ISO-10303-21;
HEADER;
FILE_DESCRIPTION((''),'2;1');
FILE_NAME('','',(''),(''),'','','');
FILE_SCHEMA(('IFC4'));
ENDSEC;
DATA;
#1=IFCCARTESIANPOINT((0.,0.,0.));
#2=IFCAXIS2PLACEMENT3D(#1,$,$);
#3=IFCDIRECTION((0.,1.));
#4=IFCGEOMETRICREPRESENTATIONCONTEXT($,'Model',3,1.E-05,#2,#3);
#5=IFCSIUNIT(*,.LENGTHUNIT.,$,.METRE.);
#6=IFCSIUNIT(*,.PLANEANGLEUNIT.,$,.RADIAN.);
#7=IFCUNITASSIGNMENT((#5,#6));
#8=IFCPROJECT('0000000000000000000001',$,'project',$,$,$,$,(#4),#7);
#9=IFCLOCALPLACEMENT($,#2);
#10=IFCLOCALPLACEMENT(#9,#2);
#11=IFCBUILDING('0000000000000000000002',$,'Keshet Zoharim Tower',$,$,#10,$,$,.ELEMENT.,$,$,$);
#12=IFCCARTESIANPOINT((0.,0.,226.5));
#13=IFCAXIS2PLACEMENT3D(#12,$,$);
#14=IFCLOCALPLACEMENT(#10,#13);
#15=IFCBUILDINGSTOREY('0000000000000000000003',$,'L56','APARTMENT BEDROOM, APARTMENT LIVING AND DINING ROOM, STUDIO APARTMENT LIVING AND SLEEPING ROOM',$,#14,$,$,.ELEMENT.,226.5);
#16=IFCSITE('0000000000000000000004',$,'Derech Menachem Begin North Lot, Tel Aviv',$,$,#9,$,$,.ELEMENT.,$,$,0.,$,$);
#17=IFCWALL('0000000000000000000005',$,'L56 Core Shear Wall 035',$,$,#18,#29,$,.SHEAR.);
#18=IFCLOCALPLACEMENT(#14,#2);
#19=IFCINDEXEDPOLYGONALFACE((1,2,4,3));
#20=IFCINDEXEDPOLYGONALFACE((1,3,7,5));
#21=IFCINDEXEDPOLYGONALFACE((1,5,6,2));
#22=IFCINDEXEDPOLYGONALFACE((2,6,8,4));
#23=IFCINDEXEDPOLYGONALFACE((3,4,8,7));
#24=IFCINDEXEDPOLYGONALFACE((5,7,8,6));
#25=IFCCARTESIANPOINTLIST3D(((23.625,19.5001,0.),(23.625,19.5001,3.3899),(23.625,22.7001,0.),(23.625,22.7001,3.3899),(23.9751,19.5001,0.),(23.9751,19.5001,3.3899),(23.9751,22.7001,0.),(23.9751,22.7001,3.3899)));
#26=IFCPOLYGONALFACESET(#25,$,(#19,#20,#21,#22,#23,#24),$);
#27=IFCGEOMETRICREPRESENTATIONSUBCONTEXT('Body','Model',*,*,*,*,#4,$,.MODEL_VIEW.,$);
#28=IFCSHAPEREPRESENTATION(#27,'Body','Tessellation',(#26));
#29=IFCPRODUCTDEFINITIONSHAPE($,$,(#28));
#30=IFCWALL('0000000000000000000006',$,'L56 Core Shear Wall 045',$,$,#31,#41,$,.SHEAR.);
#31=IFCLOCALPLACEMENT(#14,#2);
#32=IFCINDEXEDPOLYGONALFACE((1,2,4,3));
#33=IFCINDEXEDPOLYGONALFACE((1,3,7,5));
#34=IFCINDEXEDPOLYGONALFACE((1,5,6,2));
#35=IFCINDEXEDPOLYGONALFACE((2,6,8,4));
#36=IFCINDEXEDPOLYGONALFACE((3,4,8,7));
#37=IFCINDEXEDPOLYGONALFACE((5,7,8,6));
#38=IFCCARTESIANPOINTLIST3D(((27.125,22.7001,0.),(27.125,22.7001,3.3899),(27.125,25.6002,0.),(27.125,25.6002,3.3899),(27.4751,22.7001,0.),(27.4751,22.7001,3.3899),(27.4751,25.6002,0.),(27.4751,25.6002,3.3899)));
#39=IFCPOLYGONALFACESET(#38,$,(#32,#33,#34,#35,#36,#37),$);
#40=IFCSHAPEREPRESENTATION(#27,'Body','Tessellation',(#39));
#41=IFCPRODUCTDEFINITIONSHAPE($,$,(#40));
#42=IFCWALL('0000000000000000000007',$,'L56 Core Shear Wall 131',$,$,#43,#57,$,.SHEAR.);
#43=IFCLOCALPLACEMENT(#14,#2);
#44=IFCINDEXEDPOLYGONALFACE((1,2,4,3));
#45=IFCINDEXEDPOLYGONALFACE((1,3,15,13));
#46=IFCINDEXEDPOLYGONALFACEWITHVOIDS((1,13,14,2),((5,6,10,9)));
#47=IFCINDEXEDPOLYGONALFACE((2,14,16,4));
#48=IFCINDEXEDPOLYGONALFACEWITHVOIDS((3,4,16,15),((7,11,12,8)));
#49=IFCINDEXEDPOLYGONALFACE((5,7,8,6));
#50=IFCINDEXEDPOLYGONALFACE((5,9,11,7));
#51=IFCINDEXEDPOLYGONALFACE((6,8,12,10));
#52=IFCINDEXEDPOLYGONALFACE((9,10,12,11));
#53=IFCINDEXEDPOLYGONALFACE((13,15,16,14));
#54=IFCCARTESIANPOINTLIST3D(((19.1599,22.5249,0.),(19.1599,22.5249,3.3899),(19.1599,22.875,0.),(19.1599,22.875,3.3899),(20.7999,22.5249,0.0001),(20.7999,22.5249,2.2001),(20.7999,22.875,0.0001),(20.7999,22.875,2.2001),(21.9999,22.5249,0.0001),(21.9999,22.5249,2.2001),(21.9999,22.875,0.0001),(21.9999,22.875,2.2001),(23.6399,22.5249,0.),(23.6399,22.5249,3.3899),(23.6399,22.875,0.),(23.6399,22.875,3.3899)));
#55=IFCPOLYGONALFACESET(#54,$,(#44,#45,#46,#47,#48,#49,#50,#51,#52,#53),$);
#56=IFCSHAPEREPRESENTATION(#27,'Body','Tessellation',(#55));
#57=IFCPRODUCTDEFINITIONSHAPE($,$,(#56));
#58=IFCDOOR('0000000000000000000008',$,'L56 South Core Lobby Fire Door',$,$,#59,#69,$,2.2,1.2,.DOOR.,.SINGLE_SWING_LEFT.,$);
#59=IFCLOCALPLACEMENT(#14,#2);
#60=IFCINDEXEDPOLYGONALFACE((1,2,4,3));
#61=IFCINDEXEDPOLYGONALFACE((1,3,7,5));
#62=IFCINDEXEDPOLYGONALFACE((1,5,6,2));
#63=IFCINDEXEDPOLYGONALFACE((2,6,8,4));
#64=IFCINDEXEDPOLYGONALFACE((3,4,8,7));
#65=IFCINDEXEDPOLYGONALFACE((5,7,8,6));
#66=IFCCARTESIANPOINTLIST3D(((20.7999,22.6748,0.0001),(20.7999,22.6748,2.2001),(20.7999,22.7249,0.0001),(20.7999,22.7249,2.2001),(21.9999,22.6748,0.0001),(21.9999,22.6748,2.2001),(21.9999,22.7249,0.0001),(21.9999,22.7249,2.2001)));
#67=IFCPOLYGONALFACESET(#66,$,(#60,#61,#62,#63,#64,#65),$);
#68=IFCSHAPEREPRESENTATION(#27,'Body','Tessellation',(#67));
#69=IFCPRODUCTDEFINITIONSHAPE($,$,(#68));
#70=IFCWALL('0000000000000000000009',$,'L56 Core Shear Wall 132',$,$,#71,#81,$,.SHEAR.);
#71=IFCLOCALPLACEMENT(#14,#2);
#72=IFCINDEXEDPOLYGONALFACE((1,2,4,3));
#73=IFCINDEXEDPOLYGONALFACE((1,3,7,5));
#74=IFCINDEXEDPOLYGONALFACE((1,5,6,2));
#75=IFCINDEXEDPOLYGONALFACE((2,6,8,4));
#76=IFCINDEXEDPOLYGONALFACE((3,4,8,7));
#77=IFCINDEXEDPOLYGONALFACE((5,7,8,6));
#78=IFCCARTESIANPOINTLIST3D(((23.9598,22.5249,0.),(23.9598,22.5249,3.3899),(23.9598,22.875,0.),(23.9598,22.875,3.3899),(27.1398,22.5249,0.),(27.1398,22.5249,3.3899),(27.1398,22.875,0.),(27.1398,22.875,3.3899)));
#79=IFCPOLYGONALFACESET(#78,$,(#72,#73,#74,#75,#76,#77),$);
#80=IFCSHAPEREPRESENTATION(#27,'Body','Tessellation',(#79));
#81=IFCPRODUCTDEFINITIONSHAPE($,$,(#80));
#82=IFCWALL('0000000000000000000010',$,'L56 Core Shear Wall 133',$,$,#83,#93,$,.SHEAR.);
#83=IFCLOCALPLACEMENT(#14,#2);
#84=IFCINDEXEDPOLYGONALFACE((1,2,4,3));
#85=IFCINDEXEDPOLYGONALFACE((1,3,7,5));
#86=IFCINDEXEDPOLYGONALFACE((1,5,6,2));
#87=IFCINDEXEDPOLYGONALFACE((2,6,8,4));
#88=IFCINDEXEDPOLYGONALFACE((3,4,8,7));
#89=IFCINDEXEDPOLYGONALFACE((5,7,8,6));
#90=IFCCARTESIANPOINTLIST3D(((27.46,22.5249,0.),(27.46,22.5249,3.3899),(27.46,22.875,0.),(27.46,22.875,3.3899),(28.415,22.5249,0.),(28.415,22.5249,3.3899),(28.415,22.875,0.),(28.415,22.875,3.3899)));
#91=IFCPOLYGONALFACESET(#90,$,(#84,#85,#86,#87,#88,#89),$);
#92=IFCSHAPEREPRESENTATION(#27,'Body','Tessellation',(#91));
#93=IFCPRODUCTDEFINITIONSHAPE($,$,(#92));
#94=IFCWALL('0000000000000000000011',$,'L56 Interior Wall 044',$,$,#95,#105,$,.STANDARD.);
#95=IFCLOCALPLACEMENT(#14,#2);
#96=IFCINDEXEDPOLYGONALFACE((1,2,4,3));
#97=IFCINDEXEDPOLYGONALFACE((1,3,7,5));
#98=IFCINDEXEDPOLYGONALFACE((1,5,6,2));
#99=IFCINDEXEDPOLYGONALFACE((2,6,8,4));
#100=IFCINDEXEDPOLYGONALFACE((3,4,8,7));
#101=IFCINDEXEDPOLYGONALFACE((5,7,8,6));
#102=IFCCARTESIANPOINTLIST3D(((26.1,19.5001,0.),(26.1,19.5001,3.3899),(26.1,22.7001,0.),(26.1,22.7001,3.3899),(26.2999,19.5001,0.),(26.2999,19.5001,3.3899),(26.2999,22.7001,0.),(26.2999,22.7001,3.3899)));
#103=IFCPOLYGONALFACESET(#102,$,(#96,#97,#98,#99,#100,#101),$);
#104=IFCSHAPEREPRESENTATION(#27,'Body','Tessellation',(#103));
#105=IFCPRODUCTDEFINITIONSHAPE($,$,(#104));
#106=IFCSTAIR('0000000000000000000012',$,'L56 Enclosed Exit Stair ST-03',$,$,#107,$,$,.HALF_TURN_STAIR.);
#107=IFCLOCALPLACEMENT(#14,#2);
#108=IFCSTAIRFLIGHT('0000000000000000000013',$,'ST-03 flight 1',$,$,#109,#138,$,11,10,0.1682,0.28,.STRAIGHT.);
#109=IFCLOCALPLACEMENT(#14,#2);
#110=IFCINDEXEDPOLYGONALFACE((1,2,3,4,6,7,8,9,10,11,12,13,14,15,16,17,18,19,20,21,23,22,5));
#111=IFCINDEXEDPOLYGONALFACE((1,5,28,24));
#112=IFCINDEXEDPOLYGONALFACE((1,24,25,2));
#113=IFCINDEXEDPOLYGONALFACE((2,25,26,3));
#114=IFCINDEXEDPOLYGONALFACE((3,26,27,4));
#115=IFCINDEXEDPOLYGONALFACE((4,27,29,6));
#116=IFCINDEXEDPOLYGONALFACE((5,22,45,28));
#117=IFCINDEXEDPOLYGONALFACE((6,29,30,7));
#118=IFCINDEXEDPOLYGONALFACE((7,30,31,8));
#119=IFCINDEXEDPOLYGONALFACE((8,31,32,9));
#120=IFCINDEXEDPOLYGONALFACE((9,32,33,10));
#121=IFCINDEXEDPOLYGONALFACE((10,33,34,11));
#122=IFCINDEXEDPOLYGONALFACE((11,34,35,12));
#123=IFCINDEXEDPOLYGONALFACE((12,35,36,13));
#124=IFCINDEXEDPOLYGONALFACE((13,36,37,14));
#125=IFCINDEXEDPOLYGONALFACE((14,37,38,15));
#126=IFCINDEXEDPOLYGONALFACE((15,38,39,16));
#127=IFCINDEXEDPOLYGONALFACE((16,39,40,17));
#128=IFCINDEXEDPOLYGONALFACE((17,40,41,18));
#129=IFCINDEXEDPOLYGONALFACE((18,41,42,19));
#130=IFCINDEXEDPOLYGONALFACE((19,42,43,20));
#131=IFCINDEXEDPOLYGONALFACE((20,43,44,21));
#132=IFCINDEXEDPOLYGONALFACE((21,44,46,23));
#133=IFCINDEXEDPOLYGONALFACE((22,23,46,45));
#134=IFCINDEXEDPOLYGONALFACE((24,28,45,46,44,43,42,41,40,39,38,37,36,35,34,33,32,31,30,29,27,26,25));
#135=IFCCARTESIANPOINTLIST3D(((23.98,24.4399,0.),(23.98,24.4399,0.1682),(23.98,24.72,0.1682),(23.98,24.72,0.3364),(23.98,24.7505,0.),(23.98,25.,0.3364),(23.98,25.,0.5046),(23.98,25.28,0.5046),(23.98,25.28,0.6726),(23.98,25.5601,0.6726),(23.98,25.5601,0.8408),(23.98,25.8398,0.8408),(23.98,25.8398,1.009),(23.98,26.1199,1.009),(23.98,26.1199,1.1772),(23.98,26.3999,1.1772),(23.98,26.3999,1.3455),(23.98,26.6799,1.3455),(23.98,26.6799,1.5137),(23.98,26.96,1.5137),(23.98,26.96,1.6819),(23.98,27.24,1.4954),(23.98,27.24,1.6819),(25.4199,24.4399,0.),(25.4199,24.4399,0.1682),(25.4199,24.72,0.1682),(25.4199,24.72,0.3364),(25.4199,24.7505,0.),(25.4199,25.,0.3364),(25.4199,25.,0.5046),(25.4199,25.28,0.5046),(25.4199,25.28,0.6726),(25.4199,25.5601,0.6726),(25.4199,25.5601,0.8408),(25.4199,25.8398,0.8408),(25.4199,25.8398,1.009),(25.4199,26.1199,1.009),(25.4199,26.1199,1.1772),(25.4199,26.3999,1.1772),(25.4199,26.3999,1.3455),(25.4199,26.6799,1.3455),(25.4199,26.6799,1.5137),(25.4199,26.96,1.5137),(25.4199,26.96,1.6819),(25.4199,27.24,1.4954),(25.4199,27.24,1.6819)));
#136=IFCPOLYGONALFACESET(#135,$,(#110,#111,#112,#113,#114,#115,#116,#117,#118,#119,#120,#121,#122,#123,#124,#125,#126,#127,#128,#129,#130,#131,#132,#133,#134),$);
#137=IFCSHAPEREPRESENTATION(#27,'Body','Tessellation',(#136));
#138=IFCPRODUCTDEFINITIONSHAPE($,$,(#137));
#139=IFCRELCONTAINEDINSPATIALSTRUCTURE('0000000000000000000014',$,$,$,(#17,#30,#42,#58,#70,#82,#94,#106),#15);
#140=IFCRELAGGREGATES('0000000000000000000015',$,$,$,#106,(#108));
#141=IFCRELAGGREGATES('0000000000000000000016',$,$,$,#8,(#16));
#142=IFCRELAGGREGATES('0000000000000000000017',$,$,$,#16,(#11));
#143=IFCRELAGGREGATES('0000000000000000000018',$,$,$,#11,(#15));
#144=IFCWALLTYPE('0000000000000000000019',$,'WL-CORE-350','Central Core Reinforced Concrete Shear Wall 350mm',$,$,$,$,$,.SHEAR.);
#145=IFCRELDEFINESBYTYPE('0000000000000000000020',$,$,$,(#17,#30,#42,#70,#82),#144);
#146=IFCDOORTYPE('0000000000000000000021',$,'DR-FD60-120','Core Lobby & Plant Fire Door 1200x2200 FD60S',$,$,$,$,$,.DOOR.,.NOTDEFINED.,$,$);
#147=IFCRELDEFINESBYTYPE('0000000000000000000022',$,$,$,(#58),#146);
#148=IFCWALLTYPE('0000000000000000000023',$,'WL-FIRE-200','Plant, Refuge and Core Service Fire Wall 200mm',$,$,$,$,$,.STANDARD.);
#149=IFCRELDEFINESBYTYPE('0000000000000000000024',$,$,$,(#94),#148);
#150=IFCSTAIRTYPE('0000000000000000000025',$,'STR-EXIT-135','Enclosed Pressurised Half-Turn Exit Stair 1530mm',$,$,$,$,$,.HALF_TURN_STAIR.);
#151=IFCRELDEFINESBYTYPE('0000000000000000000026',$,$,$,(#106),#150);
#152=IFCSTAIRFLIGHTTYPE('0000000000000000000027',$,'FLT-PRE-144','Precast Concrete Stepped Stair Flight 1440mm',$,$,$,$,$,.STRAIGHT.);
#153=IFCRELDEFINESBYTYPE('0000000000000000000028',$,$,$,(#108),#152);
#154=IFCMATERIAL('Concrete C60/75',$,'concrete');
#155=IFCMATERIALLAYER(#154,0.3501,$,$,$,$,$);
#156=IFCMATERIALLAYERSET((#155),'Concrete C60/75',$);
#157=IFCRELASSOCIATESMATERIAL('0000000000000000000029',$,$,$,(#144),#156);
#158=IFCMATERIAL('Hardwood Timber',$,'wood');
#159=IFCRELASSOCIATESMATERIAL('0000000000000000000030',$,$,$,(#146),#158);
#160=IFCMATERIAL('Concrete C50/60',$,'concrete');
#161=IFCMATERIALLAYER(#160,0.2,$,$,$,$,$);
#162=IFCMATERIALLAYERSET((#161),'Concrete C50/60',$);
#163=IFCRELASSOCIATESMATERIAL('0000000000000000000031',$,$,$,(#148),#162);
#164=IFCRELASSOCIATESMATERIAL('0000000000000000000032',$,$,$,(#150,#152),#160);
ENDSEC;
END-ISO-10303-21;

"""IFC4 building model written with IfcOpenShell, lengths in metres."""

from ifc_helpers import new_model, si_unit, direction, frame, frame_2d, origin, place, context, subcontext, project, spatial, polyline, rectangle, outline, extrude, material, layer, layer_set, type_object, element, fill, aggregate, save


model = new_model("IFC4")

# Units and contexts
model_context = context("Model", 3, precision=1e-05, world=origin(), true_north=direction((0.0, 1.0)))
body_context = subcontext(model_context, "Body", "Model", "MODEL_VIEW")
ifc_project = project(units=[si_unit("LENGTHUNIT", "METRE"), si_unit("PLANEANGLEUNIT", "RADIAN")], contexts=[model_context])

# Site, building, storey
site_placement = place(None, origin())
site = spatial("IfcSite", under=ifc_project, at=site_placement, Name="Derech Menachem Begin North Lot, Tel Aviv", CompositionType="ELEMENT", RefElevation=0.0)
building_placement = place(site_placement, origin())
building = spatial("IfcBuilding", under=site, at=building_placement, Name="Keshet Zoharim Tower", CompositionType="ELEMENT")
storey_placement = place(building_placement, frame((0.0, 0.0, 226.5)))
storey = spatial("IfcBuildingStorey", under=building, at=storey_placement, Name="L56", Description="APARTMENT BEDROOM, APARTMENT LIVING AND DINING ROOM, STUDIO APARTMENT LIVING AND SLEEPING ROOM", CompositionType="ELEMENT", Elevation=226.5)

# Shared definitions
ifc_material_1 = material(Name="Concrete C60/75", Category="concrete")
ifc_layer_1 = layer(ifc_material_1, 0.3501)
ifc_layer_set_1 = layer_set([ifc_layer_1], Name="Concrete C60/75")
wall_type_1 = type_object("IfcWallType", Name="WL-CORE-350", Description="Central Core Reinforced Concrete Shear Wall 350mm", PredefinedType="SHEAR", material=ifc_layer_set_1)
ifc_material_2 = material(Name="Hardwood Timber", Category="wood")

# Wall
wall_1_placement = place(storey_placement, frame((23.8, 19.5, 0.0), z_axis=(0.0, 0.0, 1.0), x_axis=(0.0, 1.0, 0.0)))
element("IfcWall", 1, at=wall_1_placement, inside=storey, type_object=wall_type_1, Name="L56 Core Shear Wall 035", PredefinedType="SHEAR", context=body_context, shape_type="SweptSolid", body=[
    extrude(rectangle(XDim=3.2, YDim=0.3501, at=frame_2d((1.6001, 0.0))), origin(), (0.0, 0.0, 1.0), 3.3899),
])

# Wall
wall_2_placement = place(storey_placement, frame((27.3, 22.7, 0.0), z_axis=(0.0, 0.0, 1.0), x_axis=(0.0, 1.0, 0.0)))
element("IfcWall", 2, at=wall_2_placement, inside=storey, type_object=wall_type_1, Name="L56 Core Shear Wall 045", PredefinedType="SHEAR", context=body_context, shape_type="SweptSolid", body=[
    extrude(rectangle(XDim=2.9001, YDim=0.3501, at=frame_2d((1.4502, 0.0))), origin(), (0.0, 0.0, 1.0), 3.3899),
])

# Wall, opening, door
wall_3_placement = place(storey_placement, frame((19.1599, 22.7, 0.0), z_axis=(0.0, 0.0, 1.0), x_axis=(1.0, 0.0, 0.0)))
wall_3 = element("IfcWall", 3, at=wall_3_placement, inside=storey, type_object=wall_type_1, Name="L56 Core Shear Wall 131", PredefinedType="SHEAR", context=body_context, shape_type="SweptSolid", body=[
    extrude(rectangle(XDim=4.48, YDim=0.3501, at=frame_2d((2.24, 0.0))), origin(), (0.0, 0.0, 1.0), 3.3899),
])
opening_1_placement = place(wall_3_placement, frame((1.6399, 0.0, 0.0)))
opening_1 = element("IfcOpeningElement", 4, at=opening_1_placement, cuts=wall_3, PredefinedType="OPENING", context=body_context, shape_type="SweptSolid", body=[
    extrude(rectangle(XDim=1.2, YDim=2.2, at=frame_2d((0.6001, 1.1001))), frame((0.0, 0.1851, 0.0), z_axis=(0.0, -1.0, 0.0), x_axis=(1.0, 0.0, 0.0)), (0.0, 0.0, 1.0), 0.3701),
])
door_type_1 = type_object("IfcDoorType", Name="DR-FD60-120", Description="Core Lobby & Plant Fire Door 1200x2200 FD60S", OperationType="NOTDEFINED", PredefinedType="DOOR", material=ifc_material_2)
door_1_placement = place(opening_1_placement, origin())
door_1 = element("IfcDoor", 5, at=door_1_placement, inside=storey, type_object=door_type_1, Name="L56 South Core Lobby Fire Door", OperationType="SINGLE_SWING_LEFT", OverallHeight=2.2, OverallWidth=1.2, PredefinedType="DOOR", context=body_context, shape_type="SweptSolid", body=[
    extrude(rectangle(XDim=1.2, YDim=2.2, at=frame_2d((0.6001, 1.1001))), frame((0.0, 0.0249, 0.0), z_axis=(0.0, -1.0, 0.0), x_axis=(1.0, 0.0, 0.0)), (0.0, 0.0, 1.0), 0.05),
])
fill(opening_1, door_1)

# Walls
wall_4_placement = place(storey_placement, frame((23.96, 22.7, 0.0), z_axis=(0.0, 0.0, 1.0), x_axis=(1.0, 0.0, 0.0)))
element("IfcWall", 6, at=wall_4_placement, inside=storey, type_object=wall_type_1, Name="L56 Core Shear Wall 132", PredefinedType="SHEAR", context=body_context, shape_type="SweptSolid", body=[
    extrude(rectangle(XDim=3.1799, YDim=0.3501, at=frame_2d((1.5898, 0.0))), origin(), (0.0, 0.0, 1.0), 3.3899),
])
wall_5_placement = place(storey_placement, frame((27.46, 22.7, 0.0), z_axis=(0.0, 0.0, 1.0), x_axis=(1.0, 0.0, 0.0)))
element("IfcWall", 7, at=wall_5_placement, inside=storey, type_object=wall_type_1, Name="L56 Core Shear Wall 133", PredefinedType="SHEAR", context=body_context, shape_type="SweptSolid", body=[
    extrude(rectangle(XDim=0.9551, YDim=0.3501, at=frame_2d((0.4775, 0.0))), origin(), (0.0, 0.0, 1.0), 3.3899),
])
ifc_material_3 = material(Name="Concrete C50/60", Category="concrete")
ifc_layer_2 = layer(ifc_material_3, 0.2)
ifc_layer_set_2 = layer_set([ifc_layer_2], Name="Concrete C50/60")
wall_type_2 = type_object("IfcWallType", Name="WL-FIRE-200", Description="Plant, Refuge and Core Service Fire Wall 200mm", PredefinedType="STANDARD", material=ifc_layer_set_2)
wall_6_placement = place(storey_placement, frame((26.2, 19.5, 0.0), z_axis=(0.0, 0.0, 1.0), x_axis=(0.0, 1.0, 0.0)))
element("IfcWall", 8, at=wall_6_placement, inside=storey, type_object=wall_type_2, Name="L56 Interior Wall 044", PredefinedType="STANDARD", context=body_context, shape_type="SweptSolid", body=[
    extrude(rectangle(XDim=3.2, YDim=0.2, at=frame_2d((1.6001, 0.0))), origin(), (0.0, 0.0, 1.0), 3.3899),
])

# Stair, stair flight
stair_type = type_object("IfcStairType", Name="STR-EXIT-135", Description="Enclosed Pressurised Half-Turn Exit Stair 1530mm", PredefinedType="HALF_TURN_STAIR", material=ifc_material_3)
stair_placement = place(storey_placement, origin())
stair = element("IfcStair", 9, at=stair_placement, inside=storey, type_object=stair_type, Name="L56 Enclosed Exit Stair ST-03", PredefinedType="HALF_TURN_STAIR")
stair_flight_type = type_object("IfcStairFlightType", Name="FLT-PRE-144", Description="Precast Concrete Stepped Stair Flight 1440mm", PredefinedType="STRAIGHT", material=ifc_material_3)
stair_flight_placement = place(storey_placement, frame((24.7, 24.4399, 0.0), z_axis=(0.0, 0.0, 1.0), x_axis=(0.0, 1.0, 0.0)))
stair_flight = element("IfcStairFlight", 10, at=stair_flight_placement, type_object=stair_flight_type, Name="ST-03 flight 1", NumberOfRisers=11, NumberOfTreads=10, PredefinedType="STRAIGHT", RiserHeight=0.1682, TreadLength=0.28, context=body_context, shape_type="SweptSolid", body=[
    extrude(outline(polyline([(0.0, 0.0), (0.0, 0.1682), (0.28, 0.1682), (0.28, 0.3364), (0.5601, 0.3364), (0.5601, 0.5046), (0.8401, 0.5046), (0.8401, 0.6726), (1.1201, 0.6726), (1.1201, 0.8408), (1.3999, 0.8408), (1.3999, 1.009), (1.6799, 1.009), (1.6799, 1.1772), (1.96, 1.1772), (1.96, 1.3455), (2.24, 1.3455), (2.24, 1.5137), (2.52, 1.5137), (2.52, 1.6819), (2.8, 1.6819), (2.8, 1.8501), (2.8, 1.4954), (0.3105, 0.0), (0.0, 0.0)])), frame((0.0, 0.72, 0.0), z_axis=(0.0, -1.0, 0.0), x_axis=(1.0, 0.0, 0.0)), (0.0, 0.0, 1.0), 1.4399),
])
aggregate(stair, [stair_flight])

save(model, "model.ifc")
